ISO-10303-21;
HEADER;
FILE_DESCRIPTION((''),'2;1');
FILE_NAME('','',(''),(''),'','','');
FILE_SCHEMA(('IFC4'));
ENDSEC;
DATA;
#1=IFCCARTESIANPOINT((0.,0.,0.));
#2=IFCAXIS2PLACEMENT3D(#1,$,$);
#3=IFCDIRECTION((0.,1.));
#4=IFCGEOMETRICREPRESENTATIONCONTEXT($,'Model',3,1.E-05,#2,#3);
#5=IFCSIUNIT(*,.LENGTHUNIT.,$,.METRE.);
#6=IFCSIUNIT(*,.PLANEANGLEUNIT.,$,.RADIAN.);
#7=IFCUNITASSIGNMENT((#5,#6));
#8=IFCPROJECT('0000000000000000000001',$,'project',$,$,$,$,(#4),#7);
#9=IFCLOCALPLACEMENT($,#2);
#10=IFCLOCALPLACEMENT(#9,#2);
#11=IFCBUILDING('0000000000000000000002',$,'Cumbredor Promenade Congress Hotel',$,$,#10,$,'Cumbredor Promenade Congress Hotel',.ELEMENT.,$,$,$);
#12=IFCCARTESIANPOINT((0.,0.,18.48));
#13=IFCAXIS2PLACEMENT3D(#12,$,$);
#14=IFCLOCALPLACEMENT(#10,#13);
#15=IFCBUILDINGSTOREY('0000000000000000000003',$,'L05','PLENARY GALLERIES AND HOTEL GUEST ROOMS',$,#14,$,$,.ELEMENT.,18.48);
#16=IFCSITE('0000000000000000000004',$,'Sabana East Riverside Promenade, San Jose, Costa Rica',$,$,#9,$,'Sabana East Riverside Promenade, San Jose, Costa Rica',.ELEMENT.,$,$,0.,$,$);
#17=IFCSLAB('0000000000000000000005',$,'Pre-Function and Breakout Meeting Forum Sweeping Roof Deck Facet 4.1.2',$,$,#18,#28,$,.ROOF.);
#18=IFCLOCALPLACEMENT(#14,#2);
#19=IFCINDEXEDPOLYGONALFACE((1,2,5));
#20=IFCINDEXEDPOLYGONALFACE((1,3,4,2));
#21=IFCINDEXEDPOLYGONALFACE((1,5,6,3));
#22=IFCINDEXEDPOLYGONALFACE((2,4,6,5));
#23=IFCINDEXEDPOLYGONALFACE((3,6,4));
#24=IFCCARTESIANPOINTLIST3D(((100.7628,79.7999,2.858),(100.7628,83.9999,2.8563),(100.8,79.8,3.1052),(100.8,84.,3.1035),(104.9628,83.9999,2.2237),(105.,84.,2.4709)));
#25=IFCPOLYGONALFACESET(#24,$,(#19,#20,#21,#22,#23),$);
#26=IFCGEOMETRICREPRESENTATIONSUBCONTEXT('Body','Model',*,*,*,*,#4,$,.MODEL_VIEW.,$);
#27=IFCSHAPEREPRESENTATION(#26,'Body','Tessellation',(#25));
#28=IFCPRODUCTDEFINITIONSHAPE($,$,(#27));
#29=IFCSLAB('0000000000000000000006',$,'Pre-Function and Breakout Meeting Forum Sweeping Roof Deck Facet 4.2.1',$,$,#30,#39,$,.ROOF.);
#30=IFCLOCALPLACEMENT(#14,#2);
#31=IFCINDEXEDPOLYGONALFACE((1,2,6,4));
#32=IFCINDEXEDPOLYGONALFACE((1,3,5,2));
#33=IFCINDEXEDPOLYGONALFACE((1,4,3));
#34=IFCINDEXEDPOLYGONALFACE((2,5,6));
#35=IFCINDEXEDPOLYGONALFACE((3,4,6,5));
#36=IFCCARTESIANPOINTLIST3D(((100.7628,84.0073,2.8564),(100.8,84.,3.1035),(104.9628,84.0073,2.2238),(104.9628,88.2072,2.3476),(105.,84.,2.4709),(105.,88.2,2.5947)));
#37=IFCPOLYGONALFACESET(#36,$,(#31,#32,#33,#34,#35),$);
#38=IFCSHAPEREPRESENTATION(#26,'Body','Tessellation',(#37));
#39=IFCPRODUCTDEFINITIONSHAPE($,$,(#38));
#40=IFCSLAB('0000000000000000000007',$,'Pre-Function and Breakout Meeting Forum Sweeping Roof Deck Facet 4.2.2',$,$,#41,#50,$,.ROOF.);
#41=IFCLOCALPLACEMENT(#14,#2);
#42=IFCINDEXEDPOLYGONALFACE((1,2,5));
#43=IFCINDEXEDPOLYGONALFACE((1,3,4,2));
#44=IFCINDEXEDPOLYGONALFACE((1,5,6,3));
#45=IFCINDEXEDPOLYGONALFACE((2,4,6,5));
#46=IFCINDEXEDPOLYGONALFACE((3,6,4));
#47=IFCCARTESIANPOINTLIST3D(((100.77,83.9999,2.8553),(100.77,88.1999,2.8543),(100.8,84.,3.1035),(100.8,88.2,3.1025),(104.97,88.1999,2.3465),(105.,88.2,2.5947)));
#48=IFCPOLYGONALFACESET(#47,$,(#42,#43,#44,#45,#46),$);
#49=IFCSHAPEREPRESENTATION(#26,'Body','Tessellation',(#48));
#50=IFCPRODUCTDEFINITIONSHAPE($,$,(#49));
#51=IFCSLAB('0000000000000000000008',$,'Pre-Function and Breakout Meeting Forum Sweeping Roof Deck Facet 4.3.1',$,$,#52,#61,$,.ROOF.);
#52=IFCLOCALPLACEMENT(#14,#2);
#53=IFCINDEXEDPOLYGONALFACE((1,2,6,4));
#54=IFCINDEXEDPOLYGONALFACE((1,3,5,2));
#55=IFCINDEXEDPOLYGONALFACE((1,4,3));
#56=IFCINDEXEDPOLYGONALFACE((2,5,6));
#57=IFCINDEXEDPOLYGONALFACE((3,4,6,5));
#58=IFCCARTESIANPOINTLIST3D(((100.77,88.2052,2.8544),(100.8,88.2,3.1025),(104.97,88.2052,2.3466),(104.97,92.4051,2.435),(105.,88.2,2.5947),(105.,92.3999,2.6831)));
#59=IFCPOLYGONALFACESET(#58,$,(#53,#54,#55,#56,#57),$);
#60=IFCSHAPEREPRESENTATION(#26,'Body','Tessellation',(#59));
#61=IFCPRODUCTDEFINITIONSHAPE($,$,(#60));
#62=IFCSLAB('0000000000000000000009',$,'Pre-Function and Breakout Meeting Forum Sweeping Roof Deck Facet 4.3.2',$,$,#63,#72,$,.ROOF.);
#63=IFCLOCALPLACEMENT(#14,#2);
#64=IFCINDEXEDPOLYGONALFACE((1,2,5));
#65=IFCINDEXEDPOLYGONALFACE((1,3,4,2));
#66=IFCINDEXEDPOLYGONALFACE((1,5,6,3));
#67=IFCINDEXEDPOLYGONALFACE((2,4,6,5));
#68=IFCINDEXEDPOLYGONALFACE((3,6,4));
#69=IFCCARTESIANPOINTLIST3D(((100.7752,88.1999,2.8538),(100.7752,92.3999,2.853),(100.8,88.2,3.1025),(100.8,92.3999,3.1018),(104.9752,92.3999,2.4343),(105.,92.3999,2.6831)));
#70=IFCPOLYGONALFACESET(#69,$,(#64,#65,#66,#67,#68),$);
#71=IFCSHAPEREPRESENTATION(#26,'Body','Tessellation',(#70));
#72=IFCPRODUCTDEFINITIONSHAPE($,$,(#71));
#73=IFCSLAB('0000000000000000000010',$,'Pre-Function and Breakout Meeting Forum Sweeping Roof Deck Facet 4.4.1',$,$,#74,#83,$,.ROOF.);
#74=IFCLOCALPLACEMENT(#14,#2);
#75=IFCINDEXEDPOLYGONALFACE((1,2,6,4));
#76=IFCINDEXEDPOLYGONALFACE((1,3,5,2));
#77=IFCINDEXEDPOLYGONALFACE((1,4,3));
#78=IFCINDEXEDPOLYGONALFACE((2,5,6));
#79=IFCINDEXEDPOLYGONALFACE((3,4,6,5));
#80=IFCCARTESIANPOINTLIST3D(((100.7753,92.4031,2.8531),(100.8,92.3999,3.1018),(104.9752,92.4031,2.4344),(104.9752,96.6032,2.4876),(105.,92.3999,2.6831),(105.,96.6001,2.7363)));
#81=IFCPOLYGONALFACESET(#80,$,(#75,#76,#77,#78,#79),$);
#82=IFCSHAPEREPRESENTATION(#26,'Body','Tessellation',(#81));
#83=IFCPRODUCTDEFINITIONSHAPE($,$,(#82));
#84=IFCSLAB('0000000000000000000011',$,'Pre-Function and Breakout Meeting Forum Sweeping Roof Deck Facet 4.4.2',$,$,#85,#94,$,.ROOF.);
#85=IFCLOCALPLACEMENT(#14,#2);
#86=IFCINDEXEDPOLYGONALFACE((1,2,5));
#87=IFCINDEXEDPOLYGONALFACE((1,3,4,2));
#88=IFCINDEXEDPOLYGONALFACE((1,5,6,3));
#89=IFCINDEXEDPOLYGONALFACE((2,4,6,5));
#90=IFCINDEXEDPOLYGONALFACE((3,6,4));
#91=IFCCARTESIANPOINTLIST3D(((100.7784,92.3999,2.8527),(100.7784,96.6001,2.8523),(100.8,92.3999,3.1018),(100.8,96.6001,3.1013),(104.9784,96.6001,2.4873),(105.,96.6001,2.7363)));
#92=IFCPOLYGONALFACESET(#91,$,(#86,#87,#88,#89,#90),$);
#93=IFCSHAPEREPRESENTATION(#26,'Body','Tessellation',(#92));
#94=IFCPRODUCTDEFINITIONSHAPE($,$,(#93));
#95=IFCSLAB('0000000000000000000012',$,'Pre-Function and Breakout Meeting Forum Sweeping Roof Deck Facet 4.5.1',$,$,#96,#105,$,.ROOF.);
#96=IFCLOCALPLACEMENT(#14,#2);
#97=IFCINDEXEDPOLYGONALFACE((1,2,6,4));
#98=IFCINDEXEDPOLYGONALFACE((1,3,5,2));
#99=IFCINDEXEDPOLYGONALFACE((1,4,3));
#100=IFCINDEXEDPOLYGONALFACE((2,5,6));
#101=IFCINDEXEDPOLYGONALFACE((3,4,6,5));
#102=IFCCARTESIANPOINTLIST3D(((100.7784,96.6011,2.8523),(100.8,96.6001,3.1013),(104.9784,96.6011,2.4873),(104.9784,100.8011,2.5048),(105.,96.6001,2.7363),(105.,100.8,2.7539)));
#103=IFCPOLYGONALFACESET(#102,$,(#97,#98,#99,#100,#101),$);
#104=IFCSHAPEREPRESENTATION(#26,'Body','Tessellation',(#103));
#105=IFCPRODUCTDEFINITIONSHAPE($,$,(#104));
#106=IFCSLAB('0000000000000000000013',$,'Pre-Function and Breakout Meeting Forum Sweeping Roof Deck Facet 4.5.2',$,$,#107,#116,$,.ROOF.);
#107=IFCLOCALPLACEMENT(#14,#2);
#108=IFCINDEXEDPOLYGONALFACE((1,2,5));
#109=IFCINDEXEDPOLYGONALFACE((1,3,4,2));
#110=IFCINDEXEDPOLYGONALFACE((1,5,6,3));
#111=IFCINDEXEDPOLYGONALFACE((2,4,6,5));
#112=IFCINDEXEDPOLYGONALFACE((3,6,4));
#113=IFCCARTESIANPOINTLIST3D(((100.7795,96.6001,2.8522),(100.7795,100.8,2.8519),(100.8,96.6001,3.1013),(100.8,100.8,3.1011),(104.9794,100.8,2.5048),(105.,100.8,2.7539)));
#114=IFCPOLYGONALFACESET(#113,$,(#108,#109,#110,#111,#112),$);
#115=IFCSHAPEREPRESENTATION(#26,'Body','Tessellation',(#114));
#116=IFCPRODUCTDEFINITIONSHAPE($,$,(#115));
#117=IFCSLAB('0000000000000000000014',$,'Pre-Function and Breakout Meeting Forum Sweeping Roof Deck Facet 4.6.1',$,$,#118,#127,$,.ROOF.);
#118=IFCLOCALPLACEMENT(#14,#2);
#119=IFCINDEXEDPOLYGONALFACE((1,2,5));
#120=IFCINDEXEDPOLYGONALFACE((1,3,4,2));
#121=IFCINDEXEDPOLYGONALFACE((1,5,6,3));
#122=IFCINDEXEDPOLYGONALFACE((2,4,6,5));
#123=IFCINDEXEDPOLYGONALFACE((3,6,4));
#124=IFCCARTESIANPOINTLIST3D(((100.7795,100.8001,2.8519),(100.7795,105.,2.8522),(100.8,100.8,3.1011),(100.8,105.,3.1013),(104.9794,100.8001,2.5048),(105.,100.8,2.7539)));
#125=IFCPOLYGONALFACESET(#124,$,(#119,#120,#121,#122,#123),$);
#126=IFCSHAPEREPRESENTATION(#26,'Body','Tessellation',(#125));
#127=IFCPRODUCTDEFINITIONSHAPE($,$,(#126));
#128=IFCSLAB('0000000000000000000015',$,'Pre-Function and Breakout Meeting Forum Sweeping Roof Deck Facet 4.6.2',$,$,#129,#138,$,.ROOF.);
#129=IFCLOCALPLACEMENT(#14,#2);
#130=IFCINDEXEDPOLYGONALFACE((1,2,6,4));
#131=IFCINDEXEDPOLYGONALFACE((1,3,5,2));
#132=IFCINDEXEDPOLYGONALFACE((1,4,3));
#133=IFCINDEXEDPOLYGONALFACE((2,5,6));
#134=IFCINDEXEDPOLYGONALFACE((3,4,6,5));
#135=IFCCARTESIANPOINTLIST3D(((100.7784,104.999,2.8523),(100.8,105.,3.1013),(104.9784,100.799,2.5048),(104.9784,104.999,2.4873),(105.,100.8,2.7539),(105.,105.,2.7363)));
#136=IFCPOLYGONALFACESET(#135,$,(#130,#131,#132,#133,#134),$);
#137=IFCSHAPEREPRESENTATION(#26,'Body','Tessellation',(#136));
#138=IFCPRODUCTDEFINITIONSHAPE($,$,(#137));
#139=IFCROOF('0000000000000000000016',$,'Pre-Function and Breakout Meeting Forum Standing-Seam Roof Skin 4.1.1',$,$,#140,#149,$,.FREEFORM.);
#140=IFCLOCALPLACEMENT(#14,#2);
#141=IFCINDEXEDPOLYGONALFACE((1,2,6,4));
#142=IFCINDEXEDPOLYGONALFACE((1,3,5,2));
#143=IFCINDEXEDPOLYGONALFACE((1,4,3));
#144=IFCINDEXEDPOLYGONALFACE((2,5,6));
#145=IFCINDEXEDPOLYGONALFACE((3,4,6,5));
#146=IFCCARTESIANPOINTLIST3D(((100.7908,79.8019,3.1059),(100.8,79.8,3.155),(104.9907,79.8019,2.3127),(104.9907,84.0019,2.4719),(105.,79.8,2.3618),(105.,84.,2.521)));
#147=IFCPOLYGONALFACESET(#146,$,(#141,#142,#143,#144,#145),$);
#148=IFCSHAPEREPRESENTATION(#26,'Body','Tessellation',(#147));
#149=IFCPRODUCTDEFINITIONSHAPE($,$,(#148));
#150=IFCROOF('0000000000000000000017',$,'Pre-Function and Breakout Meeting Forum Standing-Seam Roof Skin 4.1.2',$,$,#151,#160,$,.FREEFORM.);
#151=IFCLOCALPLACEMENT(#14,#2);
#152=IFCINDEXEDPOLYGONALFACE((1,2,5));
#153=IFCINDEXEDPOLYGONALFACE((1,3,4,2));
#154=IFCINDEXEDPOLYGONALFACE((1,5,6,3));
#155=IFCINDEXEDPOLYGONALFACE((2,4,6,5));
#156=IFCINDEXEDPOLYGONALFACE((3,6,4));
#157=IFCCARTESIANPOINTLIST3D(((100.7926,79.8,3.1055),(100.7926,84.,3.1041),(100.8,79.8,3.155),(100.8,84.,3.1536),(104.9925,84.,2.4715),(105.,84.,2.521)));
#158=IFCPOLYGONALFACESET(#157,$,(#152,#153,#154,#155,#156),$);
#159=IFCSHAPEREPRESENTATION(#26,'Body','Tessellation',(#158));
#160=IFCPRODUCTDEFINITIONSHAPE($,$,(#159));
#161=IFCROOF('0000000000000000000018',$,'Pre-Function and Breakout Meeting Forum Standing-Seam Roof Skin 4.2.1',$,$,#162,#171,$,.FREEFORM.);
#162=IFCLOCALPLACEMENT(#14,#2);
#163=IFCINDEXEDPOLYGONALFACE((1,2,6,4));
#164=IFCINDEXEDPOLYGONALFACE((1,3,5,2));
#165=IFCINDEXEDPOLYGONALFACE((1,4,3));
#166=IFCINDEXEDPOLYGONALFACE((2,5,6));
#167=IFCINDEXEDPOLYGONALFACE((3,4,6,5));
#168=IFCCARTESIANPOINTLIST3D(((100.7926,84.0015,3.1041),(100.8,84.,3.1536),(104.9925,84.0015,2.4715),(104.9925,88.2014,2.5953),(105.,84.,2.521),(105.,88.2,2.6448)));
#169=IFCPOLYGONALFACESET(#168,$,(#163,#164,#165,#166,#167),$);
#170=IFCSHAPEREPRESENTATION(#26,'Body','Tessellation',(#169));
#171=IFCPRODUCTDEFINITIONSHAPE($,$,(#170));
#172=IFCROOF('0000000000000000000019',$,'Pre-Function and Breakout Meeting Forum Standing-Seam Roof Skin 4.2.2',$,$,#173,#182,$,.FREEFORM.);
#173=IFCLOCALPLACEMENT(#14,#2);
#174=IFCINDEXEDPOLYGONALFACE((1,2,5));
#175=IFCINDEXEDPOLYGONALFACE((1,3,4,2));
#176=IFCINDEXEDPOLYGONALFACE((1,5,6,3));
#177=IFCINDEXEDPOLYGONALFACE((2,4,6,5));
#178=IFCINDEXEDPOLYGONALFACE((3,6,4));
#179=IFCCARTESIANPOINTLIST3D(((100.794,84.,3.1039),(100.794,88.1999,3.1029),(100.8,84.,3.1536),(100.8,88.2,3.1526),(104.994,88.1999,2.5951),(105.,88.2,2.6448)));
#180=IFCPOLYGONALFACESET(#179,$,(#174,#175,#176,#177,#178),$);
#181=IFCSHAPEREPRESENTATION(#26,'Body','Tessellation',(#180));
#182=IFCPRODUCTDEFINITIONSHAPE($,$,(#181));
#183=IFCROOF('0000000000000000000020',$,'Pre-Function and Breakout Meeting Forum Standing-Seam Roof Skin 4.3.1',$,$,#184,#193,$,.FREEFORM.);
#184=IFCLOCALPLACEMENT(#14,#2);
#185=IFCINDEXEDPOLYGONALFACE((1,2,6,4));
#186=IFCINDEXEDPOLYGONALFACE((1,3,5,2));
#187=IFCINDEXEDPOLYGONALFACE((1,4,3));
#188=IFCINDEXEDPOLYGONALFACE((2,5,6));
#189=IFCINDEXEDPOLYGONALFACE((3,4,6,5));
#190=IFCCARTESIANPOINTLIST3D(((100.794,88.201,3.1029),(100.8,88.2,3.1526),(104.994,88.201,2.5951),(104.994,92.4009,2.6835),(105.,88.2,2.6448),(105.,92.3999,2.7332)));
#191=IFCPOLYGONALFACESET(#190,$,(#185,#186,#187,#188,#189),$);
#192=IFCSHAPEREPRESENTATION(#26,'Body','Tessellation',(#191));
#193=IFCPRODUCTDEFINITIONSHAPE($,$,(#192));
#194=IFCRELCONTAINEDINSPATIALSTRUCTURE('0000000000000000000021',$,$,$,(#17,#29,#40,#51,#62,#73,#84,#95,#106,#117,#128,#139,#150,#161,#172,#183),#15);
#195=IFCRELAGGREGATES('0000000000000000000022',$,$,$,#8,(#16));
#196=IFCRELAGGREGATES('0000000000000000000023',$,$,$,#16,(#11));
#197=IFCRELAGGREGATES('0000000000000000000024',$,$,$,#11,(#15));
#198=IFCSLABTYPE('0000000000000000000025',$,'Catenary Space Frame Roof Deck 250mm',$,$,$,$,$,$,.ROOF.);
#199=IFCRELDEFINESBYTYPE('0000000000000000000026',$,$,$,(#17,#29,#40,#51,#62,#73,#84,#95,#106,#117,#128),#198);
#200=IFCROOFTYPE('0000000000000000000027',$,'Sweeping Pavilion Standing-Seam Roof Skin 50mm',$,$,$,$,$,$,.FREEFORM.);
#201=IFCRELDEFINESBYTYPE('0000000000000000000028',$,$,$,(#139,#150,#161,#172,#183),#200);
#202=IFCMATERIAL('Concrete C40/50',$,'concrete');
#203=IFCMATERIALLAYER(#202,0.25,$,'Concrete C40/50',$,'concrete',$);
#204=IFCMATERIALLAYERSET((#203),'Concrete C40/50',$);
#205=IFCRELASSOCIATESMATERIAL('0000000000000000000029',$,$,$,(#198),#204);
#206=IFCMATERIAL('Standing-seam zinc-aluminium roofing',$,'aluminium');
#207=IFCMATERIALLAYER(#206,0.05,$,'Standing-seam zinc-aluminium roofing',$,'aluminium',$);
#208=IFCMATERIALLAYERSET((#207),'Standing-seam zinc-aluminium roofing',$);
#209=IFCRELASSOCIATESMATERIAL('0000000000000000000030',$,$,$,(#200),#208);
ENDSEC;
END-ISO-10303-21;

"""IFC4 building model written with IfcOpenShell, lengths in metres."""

from ifc_helpers import new_model, si_unit, direction, frame, origin, place, context, subcontext, project, spatial, polyline, outline, extrude, material, layer, layer_set, type_object, element, save


model = new_model("IFC4")

# Units and contexts
model_context = context("Model", 3, precision=1e-05, world=origin(), true_north=direction((0.0, 1.0)))
body_context = subcontext(model_context, "Body", "Model", "MODEL_VIEW")
ifc_project = project(units=[si_unit("LENGTHUNIT", "METRE"), si_unit("PLANEANGLEUNIT", "RADIAN")], contexts=[model_context])

# Site, building, storey
site_placement = place(None, origin())
site = spatial("IfcSite", under=ifc_project, at=site_placement, Name="Sabana East Riverside Promenade, San Jose, Costa Rica", LongName="Sabana East Riverside Promenade, San Jose, Costa Rica", CompositionType="ELEMENT", RefElevation=0.0)
building_placement = place(site_placement, origin())
building = spatial("IfcBuilding", under=site, at=building_placement, Name="Cumbredor Promenade Congress Hotel", LongName="Cumbredor Promenade Congress Hotel", CompositionType="ELEMENT")
storey_placement = place(building_placement, frame((0.0, 0.0, 18.48)))
storey = spatial("IfcBuildingStorey", under=building, at=storey_placement, Name="L05", Description="PLENARY GALLERIES AND HOTEL GUEST ROOMS", CompositionType="ELEMENT", Elevation=18.48)

# Slabs
ifc_material_1 = material(Name="Concrete C40/50", Category="concrete")
ifc_layer_1 = layer(ifc_material_1, 0.25, Name="Concrete C40/50", Category="concrete")
ifc_layer_set_1 = layer_set([ifc_layer_1], Name="Concrete C40/50")
slab_type = type_object("IfcSlabType", Name="Catenary Space Frame Roof Deck 250mm", PredefinedType="ROOF", material=ifc_layer_set_1)
slab_1_placement = place(storey_placement, frame((100.8, 79.8, 3.1052), z_axis=(0.148933, 0.000402, 0.988847), x_axis=(0.703109, 0.703109, -0.106184)))
element("IfcSlab", 1, at=slab_1_placement, inside=storey, type_object=slab_type, Name="Pre-Function and Breakout Meeting Forum Sweeping Roof Deck Facet 4.1.2", PredefinedType="ROOF", context=body_context, shape_type="SweptSolid", body=[
    extrude(outline(polyline([(0.0, 0.0), (5.9734, 0.0), (2.9532, 2.9863), (0.0, 0.0)])), origin(), (0.0, 0.0, -1.0), 0.25),
])
slab_2_placement = place(storey_placement, frame((100.8, 84.0, 3.1035), z_axis=(0.14887, -0.029131, 0.988428), x_axis=(0.988847, 0.0, -0.148934)))
element("IfcSlab", 2, at=slab_2_placement, inside=storey, type_object=slab_type, Name="Pre-Function and Breakout Meeting Forum Sweeping Roof Deck Facet 4.2.1", PredefinedType="ROOF", context=body_context, shape_type="SweptSolid", body=[
    extrude(outline(polyline([(0.0, 0.0), (4.2473, 0.0), (4.2289, 4.2017), (0.0, 0.0)])), origin(), (0.0, 0.0, -1.0), 0.25),
])
slab_3_placement = place(storey_placement, frame((100.8, 84.0, 3.1035), z_axis=(0.120035, 0.000231, 0.99277), x_axis=(0.704527, 0.704527, -0.085348)))
element("IfcSlab", 3, at=slab_3_placement, inside=storey, type_object=slab_type, Name="Pre-Function and Breakout Meeting Forum Sweeping Roof Deck Facet 4.2.2", PredefinedType="ROOF", context=body_context, shape_type="SweptSolid", body=[
    extrude(outline(polyline([(0.0, 0.0), (5.9614, 0.0), (2.9591, 2.9805), (0.0, 0.0)])), origin(), (0.0, 0.0, -1.0), 0.25),
])
slab_4_placement = place(storey_placement, frame((100.8, 88.2, 3.1025), z_axis=(0.120009, -0.020886, 0.992553), x_axis=(0.99277, 0.0, -0.120035)))
element("IfcSlab", 4, at=slab_4_placement, inside=storey, type_object=slab_type, Name="Pre-Function and Breakout Meeting Forum Sweeping Roof Deck Facet 4.3.1", PredefinedType="ROOF", context=body_context, shape_type="SweptSolid", body=[
    extrude(outline(polyline([(0.0, 0.0), (4.2305, 0.0), (4.2199, 4.2009), (0.0, 0.0)])), origin(), (0.0, 0.0, -1.0), 0.25),
])
slab_5_placement = place(storey_placement, frame((100.8, 88.2, 3.1025), z_axis=(0.0992, 0.000174, 0.995067), x_axis=(0.70535, 0.70535, -0.070441)))
element("IfcSlab", 5, at=slab_5_placement, inside=storey, type_object=slab_type, Name="Pre-Function and Breakout Meeting Forum Sweeping Roof Deck Facet 4.3.2", PredefinedType="ROOF", context=body_context, shape_type="SweptSolid", body=[
    extrude(outline(polyline([(0.0, 0.0), (5.9544, 0.0), (2.9625, 2.9771), (0.0, 0.0)])), origin(), (0.0, 0.0, -1.0), 0.25),
])
slab_6_placement = place(storey_placement, frame((100.8, 92.3999, 3.1018), z_axis=(0.099192, -0.012608, 0.994988), x_axis=(0.995067, 0.0, -0.0992)))
element("IfcSlab", 6, at=slab_6_placement, inside=storey, type_object=slab_type, Name="Pre-Function and Breakout Meeting Forum Sweeping Roof Deck Facet 4.4.1", PredefinedType="ROOF", context=body_context, shape_type="SweptSolid", body=[
    extrude(outline(polyline([(0.0, 0.0), (4.2208, 0.0), (4.2155, 4.2005), (0.0, 0.0)])), origin(), (0.0, 0.0, -1.0), 0.25),
])
slab_7_placement = place(storey_placement, frame((100.8, 92.3999, 3.1018), z_axis=(0.086577, 0.000116, 0.996245), x_axis=(0.705752, 0.705793, -0.061414)))
element("IfcSlab", 7, at=slab_7_placement, inside=storey, type_object=slab_type, Name="Pre-Function and Breakout Meeting Forum Sweeping Roof Deck Facet 4.4.2", PredefinedType="ROOF", context=body_context, shape_type="SweptSolid", body=[
    extrude(outline(polyline([(0.0, 0.0), (5.951, 0.0), (2.9645, 2.9755), (0.0, 0.0)])), origin(), (0.0, 0.0, -1.0), 0.25),
])
slab_8_placement = place(storey_placement, frame((100.8, 96.6001, 3.1013), z_axis=(0.086576, -0.00417, 0.996236), x_axis=(0.996245, 0.0, -0.086577)))
element("IfcSlab", 8, at=slab_8_placement, inside=storey, type_object=slab_type, Name="Pre-Function and Breakout Meeting Forum Sweeping Roof Deck Facet 4.5.1", PredefinedType="ROOF", context=body_context, shape_type="SweptSolid", body=[
    extrude(outline(polyline([(0.0, 0.0), (4.2158, 0.0), (4.2143, 4.2), (0.0, 0.0)])), origin(), (0.0, 0.0, -1.0), 0.25),
])
slab_9_placement = place(storey_placement, frame((100.8, 96.6001, 3.1013), z_axis=(0.082379, 0.000058, 0.996601), x_axis=(0.7059, 0.7059, -0.058391)))
element("IfcSlab", 9, at=slab_9_placement, inside=storey, type_object=slab_type, Name="Pre-Function and Breakout Meeting Forum Sweeping Roof Deck Facet 4.5.2", PredefinedType="ROOF", context=body_context, shape_type="SweptSolid", body=[
    extrude(outline(polyline([(0.0, 0.0), (5.9498, 0.0), (2.9648, 2.9749), (0.0, 0.0)])), origin(), (0.0, 0.0, -1.0), 0.25),
])
slab_10_placement = place(storey_placement, frame((100.8, 100.8, 3.1011), z_axis=(0.082379, -0.000058, 0.996601), x_axis=(0.996601, 0.0, -0.082379)))
element("IfcSlab", 10, at=slab_10_placement, inside=storey, type_object=slab_type, Name="Pre-Function and Breakout Meeting Forum Sweeping Roof Deck Facet 4.6.1", PredefinedType="ROOF", context=body_context, shape_type="SweptSolid", body=[
    extrude(outline(polyline([(0.0, 0.0), (4.2143, 0.0), (0.0, 4.2), (0.0, 0.0)])), origin(), (0.0, 0.0, -1.0), 0.25),
])
slab_11_placement = place(storey_placement, frame((105.0, 100.8, 2.7539), z_axis=(0.086576, 0.00417, 0.996236), x_axis=(0.0, 0.999991, -0.004185)))
element("IfcSlab", 11, at=slab_11_placement, inside=storey, type_object=slab_type, Name="Pre-Function and Breakout Meeting Forum Sweeping Roof Deck Facet 4.6.2", PredefinedType="ROOF", context=body_context, shape_type="SweptSolid", body=[
    extrude(outline(polyline([(0.0, 0.0), (4.2, 0.0), (4.1985, 4.2158), (0.0, 0.0)])), origin(), (0.0, 0.0, -1.0), 0.25),
])

# Roofs
ifc_material_2 = material(Name="Standing-seam zinc-aluminium roofing", Category="aluminium")
ifc_layer_2 = layer(ifc_material_2, 0.05, Name="Standing-seam zinc-aluminium roofing", Category="aluminium")
ifc_layer_set_2 = layer_set([ifc_layer_2], Name="Standing-seam zinc-aluminium roofing")
roof_type = type_object("IfcRoofType", Name="Sweeping Pavilion Standing-Seam Roof Skin 50mm", PredefinedType="FREEFORM", material=ifc_layer_set_2)
roof_1_placement = place(storey_placement, frame((100.8, 79.8, 3.155), z_axis=(0.185453, -0.037216, 0.981948), x_axis=(0.982629, 0.0, -0.185582)))
element("IfcRoof", 12, at=roof_1_placement, inside=storey, type_object=roof_type, Name="Pre-Function and Breakout Meeting Forum Standing-Seam Roof Skin 4.1.1", PredefinedType="FREEFORM", context=body_context, shape_type="SweptSolid", body=[
    extrude(outline(polyline([(0.0, 0.0), (4.2742, 0.0), (4.2447, 4.2029), (0.0, 0.0)])), origin(), (0.0, 0.0, -1.0), 0.05),
])
roof_2_placement = place(storey_placement, frame((100.8, 79.8, 3.155), z_axis=(0.148933, 0.000345, 0.988847), x_axis=(0.703112, 0.703112, -0.106143)))
element("IfcRoof", 13, at=roof_2_placement, inside=storey, type_object=roof_type, Name="Pre-Function and Breakout Meeting Forum Standing-Seam Roof Skin 4.1.2", PredefinedType="FREEFORM", context=body_context, shape_type="SweptSolid", body=[
    extrude(outline(polyline([(0.0, 0.0), (5.9734, 0.0), (2.9532, 2.9863), (0.0, 0.0)])), origin(), (0.0, 0.0, -1.0), 0.05),
])
roof_3_placement = place(storey_placement, frame((100.8, 84.0, 3.1536), z_axis=(0.14887, -0.029131, 0.988428), x_axis=(0.988847, 0.0, -0.148934)))
element("IfcRoof", 14, at=roof_3_placement, inside=storey, type_object=roof_type, Name="Pre-Function and Breakout Meeting Forum Standing-Seam Roof Skin 4.2.1", PredefinedType="FREEFORM", context=body_context, shape_type="SweptSolid", body=[
    extrude(outline(polyline([(0.0, 0.0), (4.2473, 0.0), (4.2289, 4.2017), (0.0, 0.0)])), origin(), (0.0, 0.0, -1.0), 0.05),
])
roof_4_placement = place(storey_placement, frame((100.8, 84.0, 3.1536), z_axis=(0.120035, 0.000231, 0.99277), x_axis=(0.704527, 0.704527, -0.085348)))
element("IfcRoof", 15, at=roof_4_placement, inside=storey, type_object=roof_type, Name="Pre-Function and Breakout Meeting Forum Standing-Seam Roof Skin 4.2.2", PredefinedType="FREEFORM", context=body_context, shape_type="SweptSolid", body=[
    extrude(outline(polyline([(0.0, 0.0), (5.9614, 0.0), (2.9591, 2.9805), (0.0, 0.0)])), origin(), (0.0, 0.0, -1.0), 0.05),
])
roof_5_placement = place(storey_placement, frame((100.8, 88.2, 3.1526), z_axis=(0.120009, -0.020886, 0.992553), x_axis=(0.99277, 0.0, -0.120035)))
element("IfcRoof", 16, at=roof_5_placement, inside=storey, type_object=roof_type, Name="Pre-Function and Breakout Meeting Forum Standing-Seam Roof Skin 4.3.1", PredefinedType="FREEFORM", context=body_context, shape_type="SweptSolid", body=[
    extrude(outline(polyline([(0.0, 0.0), (4.2305, 0.0), (4.2199, 4.2009), (0.0, 0.0)])), origin(), (0.0, 0.0, -1.0), 0.05),
])

save(model, "model.ifc")
